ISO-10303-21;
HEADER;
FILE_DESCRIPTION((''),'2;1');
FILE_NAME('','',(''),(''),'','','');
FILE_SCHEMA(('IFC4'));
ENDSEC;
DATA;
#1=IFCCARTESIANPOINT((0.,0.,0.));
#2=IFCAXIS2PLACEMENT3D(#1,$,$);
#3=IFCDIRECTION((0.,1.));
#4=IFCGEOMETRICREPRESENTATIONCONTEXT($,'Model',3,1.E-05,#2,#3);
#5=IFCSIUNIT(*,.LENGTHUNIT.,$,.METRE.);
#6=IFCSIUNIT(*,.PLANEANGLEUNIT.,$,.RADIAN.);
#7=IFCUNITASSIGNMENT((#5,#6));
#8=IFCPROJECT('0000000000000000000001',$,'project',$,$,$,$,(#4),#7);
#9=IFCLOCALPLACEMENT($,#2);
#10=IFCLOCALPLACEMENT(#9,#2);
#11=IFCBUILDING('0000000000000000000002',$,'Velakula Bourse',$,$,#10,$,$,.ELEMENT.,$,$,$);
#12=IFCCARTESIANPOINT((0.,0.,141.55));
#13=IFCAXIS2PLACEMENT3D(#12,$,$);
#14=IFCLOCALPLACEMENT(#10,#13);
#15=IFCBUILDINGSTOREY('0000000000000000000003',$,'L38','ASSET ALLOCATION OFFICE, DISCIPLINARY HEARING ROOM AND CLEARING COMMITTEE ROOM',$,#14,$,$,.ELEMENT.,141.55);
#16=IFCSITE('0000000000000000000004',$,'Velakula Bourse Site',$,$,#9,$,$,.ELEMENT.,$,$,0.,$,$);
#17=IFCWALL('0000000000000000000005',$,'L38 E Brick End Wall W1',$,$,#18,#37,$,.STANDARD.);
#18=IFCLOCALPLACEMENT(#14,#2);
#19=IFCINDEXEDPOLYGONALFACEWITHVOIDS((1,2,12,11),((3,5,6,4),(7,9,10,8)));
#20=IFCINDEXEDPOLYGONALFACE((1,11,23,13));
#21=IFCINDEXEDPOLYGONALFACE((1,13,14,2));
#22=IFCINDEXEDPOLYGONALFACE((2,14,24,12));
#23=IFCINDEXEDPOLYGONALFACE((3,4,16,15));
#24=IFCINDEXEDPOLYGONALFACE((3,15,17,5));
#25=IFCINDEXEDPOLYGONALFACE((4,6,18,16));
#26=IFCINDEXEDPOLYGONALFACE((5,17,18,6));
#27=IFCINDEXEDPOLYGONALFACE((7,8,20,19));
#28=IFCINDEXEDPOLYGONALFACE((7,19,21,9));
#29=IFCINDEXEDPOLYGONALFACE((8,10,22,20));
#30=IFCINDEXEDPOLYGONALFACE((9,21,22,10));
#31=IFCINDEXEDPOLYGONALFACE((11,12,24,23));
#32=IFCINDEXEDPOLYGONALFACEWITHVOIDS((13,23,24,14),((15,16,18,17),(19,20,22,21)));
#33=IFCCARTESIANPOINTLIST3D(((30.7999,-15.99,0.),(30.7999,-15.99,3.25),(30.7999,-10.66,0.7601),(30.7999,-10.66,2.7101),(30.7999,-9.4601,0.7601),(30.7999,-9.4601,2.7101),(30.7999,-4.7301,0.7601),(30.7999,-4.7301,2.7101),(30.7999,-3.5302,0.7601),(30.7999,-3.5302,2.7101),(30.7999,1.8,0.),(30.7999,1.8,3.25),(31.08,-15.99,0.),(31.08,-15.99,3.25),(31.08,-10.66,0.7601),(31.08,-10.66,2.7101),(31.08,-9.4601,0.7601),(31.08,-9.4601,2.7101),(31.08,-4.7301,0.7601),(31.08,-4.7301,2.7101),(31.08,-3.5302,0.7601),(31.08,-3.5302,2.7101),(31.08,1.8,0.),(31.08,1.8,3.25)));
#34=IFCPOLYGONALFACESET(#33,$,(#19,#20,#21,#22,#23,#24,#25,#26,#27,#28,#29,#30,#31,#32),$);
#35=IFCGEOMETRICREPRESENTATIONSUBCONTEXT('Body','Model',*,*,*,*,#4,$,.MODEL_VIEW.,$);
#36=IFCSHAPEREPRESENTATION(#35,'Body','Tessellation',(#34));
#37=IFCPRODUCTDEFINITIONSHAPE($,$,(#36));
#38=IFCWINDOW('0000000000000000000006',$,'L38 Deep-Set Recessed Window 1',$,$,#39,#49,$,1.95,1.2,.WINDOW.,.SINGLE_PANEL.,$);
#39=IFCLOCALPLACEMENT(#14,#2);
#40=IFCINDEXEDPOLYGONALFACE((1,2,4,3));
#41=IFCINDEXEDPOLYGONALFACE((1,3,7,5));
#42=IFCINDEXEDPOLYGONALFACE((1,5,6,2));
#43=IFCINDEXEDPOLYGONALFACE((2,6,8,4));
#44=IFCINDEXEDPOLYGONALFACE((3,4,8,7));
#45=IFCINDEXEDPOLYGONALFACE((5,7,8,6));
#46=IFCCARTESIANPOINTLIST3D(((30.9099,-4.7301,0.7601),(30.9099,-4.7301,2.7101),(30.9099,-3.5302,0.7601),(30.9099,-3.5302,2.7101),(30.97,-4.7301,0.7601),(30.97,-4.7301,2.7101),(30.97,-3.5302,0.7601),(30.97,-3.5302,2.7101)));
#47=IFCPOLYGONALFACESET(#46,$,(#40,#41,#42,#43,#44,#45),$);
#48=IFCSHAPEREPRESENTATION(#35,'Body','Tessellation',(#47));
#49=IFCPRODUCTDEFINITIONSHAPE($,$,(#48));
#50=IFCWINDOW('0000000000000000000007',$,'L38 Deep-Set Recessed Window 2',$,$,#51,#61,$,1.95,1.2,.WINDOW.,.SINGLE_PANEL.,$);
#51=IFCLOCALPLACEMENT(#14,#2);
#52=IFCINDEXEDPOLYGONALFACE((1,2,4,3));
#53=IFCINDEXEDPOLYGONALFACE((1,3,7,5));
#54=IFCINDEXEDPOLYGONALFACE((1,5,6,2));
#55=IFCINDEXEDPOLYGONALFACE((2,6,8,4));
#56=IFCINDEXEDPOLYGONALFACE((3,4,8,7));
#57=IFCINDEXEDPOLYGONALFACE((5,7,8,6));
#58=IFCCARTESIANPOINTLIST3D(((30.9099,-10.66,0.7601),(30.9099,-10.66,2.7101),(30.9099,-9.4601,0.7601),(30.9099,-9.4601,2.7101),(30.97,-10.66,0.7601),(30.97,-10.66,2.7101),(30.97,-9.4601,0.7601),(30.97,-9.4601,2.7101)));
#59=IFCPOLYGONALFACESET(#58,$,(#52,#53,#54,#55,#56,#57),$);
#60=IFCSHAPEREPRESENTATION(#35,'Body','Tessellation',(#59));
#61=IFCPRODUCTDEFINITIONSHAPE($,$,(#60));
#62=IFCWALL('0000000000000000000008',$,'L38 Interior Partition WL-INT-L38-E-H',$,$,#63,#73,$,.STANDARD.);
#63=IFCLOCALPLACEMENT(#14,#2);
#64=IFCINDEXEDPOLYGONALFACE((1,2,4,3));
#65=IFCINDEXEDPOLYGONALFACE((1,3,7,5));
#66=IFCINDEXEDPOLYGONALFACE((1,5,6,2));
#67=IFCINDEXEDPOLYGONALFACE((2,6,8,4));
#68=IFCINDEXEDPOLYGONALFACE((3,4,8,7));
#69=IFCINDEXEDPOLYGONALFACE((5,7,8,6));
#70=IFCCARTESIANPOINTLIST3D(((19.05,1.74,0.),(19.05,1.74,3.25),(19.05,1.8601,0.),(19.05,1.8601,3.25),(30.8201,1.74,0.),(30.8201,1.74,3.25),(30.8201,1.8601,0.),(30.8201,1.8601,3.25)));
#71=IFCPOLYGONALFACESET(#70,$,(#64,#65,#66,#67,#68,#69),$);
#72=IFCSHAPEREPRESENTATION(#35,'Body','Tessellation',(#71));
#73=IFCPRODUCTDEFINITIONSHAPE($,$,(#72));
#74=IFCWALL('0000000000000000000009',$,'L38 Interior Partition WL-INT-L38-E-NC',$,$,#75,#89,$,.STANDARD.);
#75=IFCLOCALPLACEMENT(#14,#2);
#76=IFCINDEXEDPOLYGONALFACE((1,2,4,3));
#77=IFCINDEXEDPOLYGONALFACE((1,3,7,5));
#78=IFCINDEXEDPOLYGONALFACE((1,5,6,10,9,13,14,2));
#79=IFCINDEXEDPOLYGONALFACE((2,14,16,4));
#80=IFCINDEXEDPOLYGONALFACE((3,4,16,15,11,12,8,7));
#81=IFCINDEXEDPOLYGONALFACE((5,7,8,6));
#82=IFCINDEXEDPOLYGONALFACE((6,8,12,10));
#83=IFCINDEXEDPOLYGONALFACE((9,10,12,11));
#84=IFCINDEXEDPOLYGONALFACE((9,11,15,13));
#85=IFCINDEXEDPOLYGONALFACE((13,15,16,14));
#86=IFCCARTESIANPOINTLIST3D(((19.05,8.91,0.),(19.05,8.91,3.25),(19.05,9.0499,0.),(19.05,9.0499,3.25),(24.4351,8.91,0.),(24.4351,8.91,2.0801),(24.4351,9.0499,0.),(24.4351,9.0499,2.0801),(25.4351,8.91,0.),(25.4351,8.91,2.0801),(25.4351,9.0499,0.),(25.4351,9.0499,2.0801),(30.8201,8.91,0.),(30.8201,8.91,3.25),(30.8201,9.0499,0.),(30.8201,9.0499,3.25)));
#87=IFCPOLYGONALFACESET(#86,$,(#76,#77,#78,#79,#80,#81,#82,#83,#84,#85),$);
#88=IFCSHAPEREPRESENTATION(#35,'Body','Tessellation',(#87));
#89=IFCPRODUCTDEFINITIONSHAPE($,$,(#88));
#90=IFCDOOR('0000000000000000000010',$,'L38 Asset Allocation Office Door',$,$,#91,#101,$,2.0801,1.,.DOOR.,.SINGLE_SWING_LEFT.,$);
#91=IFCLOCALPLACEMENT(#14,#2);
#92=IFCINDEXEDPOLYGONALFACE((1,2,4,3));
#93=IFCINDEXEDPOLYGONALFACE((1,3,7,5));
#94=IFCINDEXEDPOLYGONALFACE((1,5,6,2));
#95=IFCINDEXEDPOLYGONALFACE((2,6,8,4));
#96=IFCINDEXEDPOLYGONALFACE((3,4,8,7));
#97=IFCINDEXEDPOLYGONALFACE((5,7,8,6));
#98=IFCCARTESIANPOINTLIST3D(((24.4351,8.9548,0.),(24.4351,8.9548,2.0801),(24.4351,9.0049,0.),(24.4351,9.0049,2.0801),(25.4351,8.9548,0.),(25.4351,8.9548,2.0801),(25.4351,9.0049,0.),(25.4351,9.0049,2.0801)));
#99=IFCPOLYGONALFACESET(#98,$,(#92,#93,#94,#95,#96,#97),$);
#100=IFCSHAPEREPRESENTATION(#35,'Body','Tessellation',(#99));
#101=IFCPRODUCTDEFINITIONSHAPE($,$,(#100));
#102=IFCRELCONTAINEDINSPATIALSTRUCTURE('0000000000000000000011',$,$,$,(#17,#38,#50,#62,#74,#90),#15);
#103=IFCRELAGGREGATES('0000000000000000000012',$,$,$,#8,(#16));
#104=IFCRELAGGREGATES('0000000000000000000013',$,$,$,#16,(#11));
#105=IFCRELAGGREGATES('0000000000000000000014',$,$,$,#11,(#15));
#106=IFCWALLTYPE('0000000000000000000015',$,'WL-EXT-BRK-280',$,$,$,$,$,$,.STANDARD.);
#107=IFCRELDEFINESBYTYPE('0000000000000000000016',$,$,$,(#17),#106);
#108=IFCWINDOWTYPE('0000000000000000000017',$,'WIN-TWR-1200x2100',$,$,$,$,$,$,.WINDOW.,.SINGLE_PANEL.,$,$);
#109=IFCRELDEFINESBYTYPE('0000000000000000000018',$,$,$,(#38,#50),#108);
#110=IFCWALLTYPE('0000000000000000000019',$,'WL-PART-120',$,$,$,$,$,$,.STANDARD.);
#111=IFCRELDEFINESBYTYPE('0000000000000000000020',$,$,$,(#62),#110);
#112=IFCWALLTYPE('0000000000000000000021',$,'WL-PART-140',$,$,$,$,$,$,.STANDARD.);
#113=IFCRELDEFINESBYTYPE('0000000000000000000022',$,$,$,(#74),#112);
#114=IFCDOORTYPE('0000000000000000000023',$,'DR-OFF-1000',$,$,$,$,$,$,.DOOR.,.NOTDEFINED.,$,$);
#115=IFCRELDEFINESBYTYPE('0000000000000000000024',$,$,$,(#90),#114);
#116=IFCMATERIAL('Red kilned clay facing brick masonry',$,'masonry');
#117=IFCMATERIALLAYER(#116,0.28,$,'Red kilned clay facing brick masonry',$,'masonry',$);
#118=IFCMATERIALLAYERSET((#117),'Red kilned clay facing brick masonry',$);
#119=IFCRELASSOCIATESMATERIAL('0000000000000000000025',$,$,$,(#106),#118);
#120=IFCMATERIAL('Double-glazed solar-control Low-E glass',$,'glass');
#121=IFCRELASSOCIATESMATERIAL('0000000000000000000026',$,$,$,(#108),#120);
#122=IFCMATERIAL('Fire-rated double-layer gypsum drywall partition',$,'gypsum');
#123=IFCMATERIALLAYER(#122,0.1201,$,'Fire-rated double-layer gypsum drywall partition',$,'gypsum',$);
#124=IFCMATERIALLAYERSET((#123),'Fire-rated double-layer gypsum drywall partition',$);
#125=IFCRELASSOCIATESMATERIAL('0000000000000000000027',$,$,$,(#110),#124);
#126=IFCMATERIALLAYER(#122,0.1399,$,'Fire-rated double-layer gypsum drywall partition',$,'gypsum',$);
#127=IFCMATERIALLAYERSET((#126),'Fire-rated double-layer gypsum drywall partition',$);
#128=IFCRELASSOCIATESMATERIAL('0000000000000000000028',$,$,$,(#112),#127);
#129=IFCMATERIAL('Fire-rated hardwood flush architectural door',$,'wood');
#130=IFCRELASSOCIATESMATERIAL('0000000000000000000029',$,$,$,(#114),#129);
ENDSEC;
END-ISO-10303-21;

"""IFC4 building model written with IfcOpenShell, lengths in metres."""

from ifc_helpers import new_model, si_unit, direction, frame, frame_2d, origin, place, context, subcontext, project, spatial, rectangle, extrude, material, layer, layer_set, type_object, element, fill, save


model = new_model("IFC4")

# Units and contexts
model_context = context("Model", 3, precision=1e-05, world=origin(), true_north=direction((0.0, 1.0)))
body_context = subcontext(model_context, "Body", "Model", "MODEL_VIEW")
ifc_project = project(units=[si_unit("LENGTHUNIT", "METRE"), si_unit("PLANEANGLEUNIT", "RADIAN")], contexts=[model_context])

# Site, building, storey
site_placement = place(None, origin())
site = spatial("IfcSite", under=ifc_project, at=site_placement, Name="Velakula Bourse Site", CompositionType="ELEMENT", RefElevation=0.0)
building_placement = place(site_placement, origin())
building = spatial("IfcBuilding", under=site, at=building_placement, Name="Velakula Bourse", CompositionType="ELEMENT")
storey_placement = place(building_placement, frame((0.0, 0.0, 141.55)))
storey = spatial("IfcBuildingStorey", under=building, at=storey_placement, Name="L38", Description="ASSET ALLOCATION OFFICE, DISCIPLINARY HEARING ROOM AND CLEARING COMMITTEE ROOM", CompositionType="ELEMENT", Elevation=141.55)

# Wall, openings, windows
ifc_material_1 = material(Name="Red kilned clay facing brick masonry", Category="masonry")
ifc_layer_1 = layer(ifc_material_1, 0.28, Name="Red kilned clay facing brick masonry", Category="masonry")
ifc_layer_set_1 = layer_set([ifc_layer_1], Name="Red kilned clay facing brick masonry")
wall_type_1 = type_object("IfcWallType", Name="WL-EXT-BRK-280", PredefinedType="STANDARD", material=ifc_layer_set_1)
wall_1_placement = place(storey_placement, frame((30.9399, 1.8, 0.0), z_axis=(0.0, 0.0, 1.0), x_axis=(0.0, -1.0, 0.0)))
wall_1 = element("IfcWall", 1, at=wall_1_placement, inside=storey, type_object=wall_type_1, Name="L38 E Brick End Wall W1", PredefinedType="STANDARD", context=body_context, shape_type="SweptSolid", body=[
    extrude(rectangle(XDim=17.79, YDim=0.28, at=frame_2d((8.895, 0.0))), origin(), (0.0, 0.0, 1.0), 3.25),
])
opening_1_placement = place(wall_1_placement, frame((5.3301, 0.0, 0.76)))
opening_1 = element("IfcOpeningElement", 2, at=opening_1_placement, cuts=wall_1, PredefinedType="OPENING", context=body_context, shape_type="SweptSolid", body=[
    extrude(rectangle(XDim=1.2, YDim=1.95, at=frame_2d((0.6001, 0.9751))), frame((0.0, 0.1499, 0.0), z_axis=(0.0, -1.0, 0.0), x_axis=(1.0, 0.0, 0.0)), (0.0, 0.0, 1.0), 0.3),
])
opening_2_placement = place(wall_1_placement, frame((11.26, 0.0, 0.76)))
opening_2 = element("IfcOpeningElement", 3, at=opening_2_placement, cuts=wall_1, PredefinedType="OPENING", context=body_context, shape_type="SweptSolid", body=[
    extrude(rectangle(XDim=1.2, YDim=1.95, at=frame_2d((0.6001, 0.9751))), frame((0.0, 0.1499, 0.0), z_axis=(0.0, -1.0, 0.0), x_axis=(1.0, 0.0, 0.0)), (0.0, 0.0, 1.0), 0.3),
])
ifc_material_2 = material(Name="Double-glazed solar-control Low-E glass", Category="glass")
window_type = type_object("IfcWindowType", Name="WIN-TWR-1200x2100", PartitioningType="SINGLE_PANEL", PredefinedType="WINDOW", material=ifc_material_2)
window_1_placement = place(opening_1_placement, origin())
window_1 = element("IfcWindow", 4, at=window_1_placement, inside=storey, type_object=window_type, Name="L38 Deep-Set Recessed Window 1", OverallHeight=1.95, OverallWidth=1.2, PartitioningType="SINGLE_PANEL", PredefinedType="WINDOW", context=body_context, shape_type="SweptSolid", body=[
    extrude(rectangle(XDim=1.2, YDim=1.95, at=frame_2d((0.6001, 0.9751))), frame((0.0, 0.03, 0.0), z_axis=(0.0, -1.0, 0.0), x_axis=(1.0, 0.0, 0.0)), (0.0, 0.0, 1.0), 0.0601),
])
fill(opening_1, window_1)
window_2_placement = place(opening_2_placement, origin())
window_2 = element("IfcWindow", 5, at=window_2_placement, inside=storey, type_object=window_type, Name="L38 Deep-Set Recessed Window 2", OverallHeight=1.95, OverallWidth=1.2, PartitioningType="SINGLE_PANEL", PredefinedType="WINDOW", context=body_context, shape_type="SweptSolid", body=[
    extrude(rectangle(XDim=1.2, YDim=1.95, at=frame_2d((0.6001, 0.9751))), frame((0.0, 0.03, 0.0), z_axis=(0.0, -1.0, 0.0), x_axis=(1.0, 0.0, 0.0)), (0.0, 0.0, 1.0), 0.0601),
])
fill(opening_2, window_2)

# Wall
ifc_material_3 = material(Name="Fire-rated double-layer gypsum drywall partition", Category="gypsum")
ifc_layer_2 = layer(ifc_material_3, 0.1201, Name="Fire-rated double-layer gypsum drywall partition", Category="gypsum")
ifc_layer_set_2 = layer_set([ifc_layer_2], Name="Fire-rated double-layer gypsum drywall partition")
wall_type_2 = type_object("IfcWallType", Name="WL-PART-120", PredefinedType="STANDARD", material=ifc_layer_set_2)
wall_2_placement = place(storey_placement, frame((19.05, 1.8, 0.0), z_axis=(0.0, 0.0, 1.0), x_axis=(1.0, 0.0, 0.0)))
element("IfcWall", 6, at=wall_2_placement, inside=storey, type_object=wall_type_2, Name="L38 Interior Partition WL-INT-L38-E-H", PredefinedType="STANDARD", context=body_context, shape_type="SweptSolid", body=[
    extrude(rectangle(XDim=11.77, YDim=0.1201, at=frame_2d((5.885, 0.0))), origin(), (0.0, 0.0, 1.0), 3.25),
])

# Wall, opening, door
ifc_layer_3 = layer(ifc_material_3, 0.1399, Name="Fire-rated double-layer gypsum drywall partition", Category="gypsum")
ifc_layer_set_3 = layer_set([ifc_layer_3], Name="Fire-rated double-layer gypsum drywall partition")
wall_type_3 = type_object("IfcWallType", Name="WL-PART-140", PredefinedType="STANDARD", material=ifc_layer_set_3)
wall_3_placement = place(storey_placement, frame((19.05, 8.98, 0.0), z_axis=(0.0, 0.0, 1.0), x_axis=(1.0, 0.0, 0.0)))
wall_3 = element("IfcWall", 7, at=wall_3_placement, inside=storey, type_object=wall_type_3, Name="L38 Interior Partition WL-INT-L38-E-NC", PredefinedType="STANDARD", context=body_context, shape_type="SweptSolid", body=[
    extrude(rectangle(XDim=11.77, YDim=0.1399, at=frame_2d((5.885, 0.0))), origin(), (0.0, 0.0, 1.0), 3.25),
])
opening_3_placement = place(wall_3_placement, frame((5.385, 0.0, 0.0)))
opening_3 = element("IfcOpeningElement", 8, at=opening_3_placement, cuts=wall_3, PredefinedType="OPENING", context=body_context, shape_type="SweptSolid", body=[
    extrude(rectangle(XDim=1.0, YDim=2.0801, at=frame_2d((0.5, 1.04))), frame((0.0, 0.0798, 0.0), z_axis=(0.0, -1.0, 0.0), x_axis=(1.0, 0.0, 0.0)), (0.0, 0.0, 1.0), 0.1599),
])
ifc_material_4 = material(Name="Fire-rated hardwood flush architectural door", Category="wood")
door_type = type_object("IfcDoorType", Name="DR-OFF-1000", OperationType="NOTDEFINED", PredefinedType="DOOR", material=ifc_material_4)
door_placement = place(opening_3_placement, origin())
door = element("IfcDoor", 9, at=door_placement, inside=storey, type_object=door_type, Name="L38 Asset Allocation Office Door", OperationType="SINGLE_SWING_LEFT", OverallHeight=2.0801, OverallWidth=1.0, PredefinedType="DOOR", context=body_context, shape_type="SweptSolid", body=[
    extrude(rectangle(XDim=1.0, YDim=2.0801, at=frame_2d((0.5, 1.04))), frame((0.0, 0.0249, 0.0), z_axis=(0.0, -1.0, 0.0), x_axis=(1.0, 0.0, 0.0)), (0.0, 0.0, 1.0), 0.05),
])
fill(opening_3, door)

save(model, "model.ifc")
